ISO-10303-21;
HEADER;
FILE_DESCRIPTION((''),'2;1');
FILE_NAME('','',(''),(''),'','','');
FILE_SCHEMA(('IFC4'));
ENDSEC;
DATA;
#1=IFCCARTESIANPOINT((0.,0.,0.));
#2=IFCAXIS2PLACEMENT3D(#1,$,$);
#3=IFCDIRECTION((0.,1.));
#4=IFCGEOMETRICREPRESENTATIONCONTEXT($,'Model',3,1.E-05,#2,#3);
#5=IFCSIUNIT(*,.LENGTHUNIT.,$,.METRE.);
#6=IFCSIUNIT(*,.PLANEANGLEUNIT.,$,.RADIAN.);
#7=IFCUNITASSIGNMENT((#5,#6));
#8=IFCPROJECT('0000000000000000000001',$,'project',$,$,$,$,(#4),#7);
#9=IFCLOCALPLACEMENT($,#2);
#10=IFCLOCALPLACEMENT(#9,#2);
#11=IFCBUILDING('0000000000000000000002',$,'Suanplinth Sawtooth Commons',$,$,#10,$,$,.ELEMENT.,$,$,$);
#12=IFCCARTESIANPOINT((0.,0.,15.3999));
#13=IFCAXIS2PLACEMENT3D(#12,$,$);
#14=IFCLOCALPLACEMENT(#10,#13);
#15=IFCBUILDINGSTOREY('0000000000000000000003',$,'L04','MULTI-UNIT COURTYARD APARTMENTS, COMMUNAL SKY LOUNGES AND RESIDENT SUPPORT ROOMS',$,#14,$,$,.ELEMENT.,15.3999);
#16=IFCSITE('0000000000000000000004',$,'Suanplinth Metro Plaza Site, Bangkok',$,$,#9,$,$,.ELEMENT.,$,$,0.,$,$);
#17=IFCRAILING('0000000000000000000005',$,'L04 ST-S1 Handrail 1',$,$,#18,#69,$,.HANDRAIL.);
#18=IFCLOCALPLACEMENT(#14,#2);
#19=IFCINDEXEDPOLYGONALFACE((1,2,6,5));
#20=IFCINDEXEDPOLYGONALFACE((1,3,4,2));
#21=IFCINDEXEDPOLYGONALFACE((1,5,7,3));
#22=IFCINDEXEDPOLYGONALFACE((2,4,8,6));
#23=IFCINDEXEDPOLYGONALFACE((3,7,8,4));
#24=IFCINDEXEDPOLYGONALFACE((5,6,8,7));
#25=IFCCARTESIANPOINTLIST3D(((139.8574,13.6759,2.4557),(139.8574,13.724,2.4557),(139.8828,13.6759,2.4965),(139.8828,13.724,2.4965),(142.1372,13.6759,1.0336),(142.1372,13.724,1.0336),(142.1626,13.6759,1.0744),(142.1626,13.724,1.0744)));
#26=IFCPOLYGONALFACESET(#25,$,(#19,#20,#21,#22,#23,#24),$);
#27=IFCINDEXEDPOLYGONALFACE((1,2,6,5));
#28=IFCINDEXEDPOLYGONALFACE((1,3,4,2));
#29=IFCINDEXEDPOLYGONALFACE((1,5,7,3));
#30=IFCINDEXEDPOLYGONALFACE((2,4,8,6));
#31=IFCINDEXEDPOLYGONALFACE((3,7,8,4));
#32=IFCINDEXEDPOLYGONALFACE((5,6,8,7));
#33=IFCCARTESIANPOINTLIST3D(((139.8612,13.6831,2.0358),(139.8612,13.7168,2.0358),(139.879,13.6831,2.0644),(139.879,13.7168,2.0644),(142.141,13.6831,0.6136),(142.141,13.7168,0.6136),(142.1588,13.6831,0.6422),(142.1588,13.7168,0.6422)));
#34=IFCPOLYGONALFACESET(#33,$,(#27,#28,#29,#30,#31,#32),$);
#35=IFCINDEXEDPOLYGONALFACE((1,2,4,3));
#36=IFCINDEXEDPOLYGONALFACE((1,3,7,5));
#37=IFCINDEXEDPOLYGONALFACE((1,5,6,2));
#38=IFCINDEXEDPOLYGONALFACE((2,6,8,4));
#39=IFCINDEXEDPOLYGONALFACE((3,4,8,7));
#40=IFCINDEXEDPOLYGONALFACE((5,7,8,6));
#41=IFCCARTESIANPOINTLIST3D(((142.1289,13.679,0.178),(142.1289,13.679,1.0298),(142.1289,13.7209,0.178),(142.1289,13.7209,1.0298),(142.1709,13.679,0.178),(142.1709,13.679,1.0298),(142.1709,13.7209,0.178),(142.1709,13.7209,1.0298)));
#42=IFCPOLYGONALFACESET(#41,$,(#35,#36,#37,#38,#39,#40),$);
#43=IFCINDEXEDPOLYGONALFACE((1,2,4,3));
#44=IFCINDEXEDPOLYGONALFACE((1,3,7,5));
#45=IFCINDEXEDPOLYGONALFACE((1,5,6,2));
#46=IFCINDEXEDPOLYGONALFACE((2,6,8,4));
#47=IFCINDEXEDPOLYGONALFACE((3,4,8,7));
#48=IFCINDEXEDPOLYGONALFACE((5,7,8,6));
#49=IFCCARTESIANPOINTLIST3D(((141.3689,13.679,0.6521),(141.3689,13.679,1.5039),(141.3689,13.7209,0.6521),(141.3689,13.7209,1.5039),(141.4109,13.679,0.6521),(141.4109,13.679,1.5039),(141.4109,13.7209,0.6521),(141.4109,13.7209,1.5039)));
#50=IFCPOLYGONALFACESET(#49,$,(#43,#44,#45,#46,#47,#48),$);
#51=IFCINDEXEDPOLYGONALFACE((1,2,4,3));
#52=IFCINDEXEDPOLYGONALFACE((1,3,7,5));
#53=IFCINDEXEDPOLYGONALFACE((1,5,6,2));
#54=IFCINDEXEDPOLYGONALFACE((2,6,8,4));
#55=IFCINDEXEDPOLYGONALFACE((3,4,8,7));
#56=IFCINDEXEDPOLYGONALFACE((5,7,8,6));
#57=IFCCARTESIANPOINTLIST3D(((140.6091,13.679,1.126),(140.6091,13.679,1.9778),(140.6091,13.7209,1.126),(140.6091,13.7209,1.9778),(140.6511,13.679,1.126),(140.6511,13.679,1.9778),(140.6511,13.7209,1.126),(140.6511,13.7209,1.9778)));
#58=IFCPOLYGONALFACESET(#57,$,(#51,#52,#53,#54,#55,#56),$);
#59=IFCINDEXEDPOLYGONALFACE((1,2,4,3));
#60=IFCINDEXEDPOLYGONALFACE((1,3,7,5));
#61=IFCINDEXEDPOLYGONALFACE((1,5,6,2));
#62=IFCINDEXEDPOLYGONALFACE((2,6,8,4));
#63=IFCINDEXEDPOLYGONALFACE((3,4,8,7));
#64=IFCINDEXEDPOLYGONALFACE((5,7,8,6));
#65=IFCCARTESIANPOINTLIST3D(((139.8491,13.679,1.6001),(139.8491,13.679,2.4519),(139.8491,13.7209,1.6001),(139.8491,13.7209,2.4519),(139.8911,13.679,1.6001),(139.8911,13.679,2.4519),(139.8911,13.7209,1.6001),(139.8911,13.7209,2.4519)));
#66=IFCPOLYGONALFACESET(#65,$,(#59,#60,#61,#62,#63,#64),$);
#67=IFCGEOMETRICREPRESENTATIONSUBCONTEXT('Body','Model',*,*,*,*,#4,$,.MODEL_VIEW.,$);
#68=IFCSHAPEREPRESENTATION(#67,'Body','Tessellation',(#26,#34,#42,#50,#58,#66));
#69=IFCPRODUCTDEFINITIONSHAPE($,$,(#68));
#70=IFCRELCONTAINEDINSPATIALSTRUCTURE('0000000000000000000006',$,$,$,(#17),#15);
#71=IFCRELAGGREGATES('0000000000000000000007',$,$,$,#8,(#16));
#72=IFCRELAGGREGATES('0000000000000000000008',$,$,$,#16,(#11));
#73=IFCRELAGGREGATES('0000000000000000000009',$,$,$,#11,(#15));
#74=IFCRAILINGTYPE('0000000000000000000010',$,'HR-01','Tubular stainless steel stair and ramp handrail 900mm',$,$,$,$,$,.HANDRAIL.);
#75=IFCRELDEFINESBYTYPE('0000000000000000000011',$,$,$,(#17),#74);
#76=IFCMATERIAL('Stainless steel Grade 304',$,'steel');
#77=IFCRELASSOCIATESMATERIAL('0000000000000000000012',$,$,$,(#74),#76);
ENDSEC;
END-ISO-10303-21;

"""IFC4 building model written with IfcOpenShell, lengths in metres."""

from ifc_helpers import new_model, si_unit, direction, frame, origin, origin_2d, place, context, subcontext, project, spatial, rectangle, extrude, material, type_object, element, save


model = new_model("IFC4")

# Units and contexts
model_context = context("Model", 3, precision=1e-05, world=origin(), true_north=direction((0.0, 1.0)))
body_context = subcontext(model_context, "Body", "Model", "MODEL_VIEW")
ifc_project = project(units=[si_unit("LENGTHUNIT", "METRE"), si_unit("PLANEANGLEUNIT", "RADIAN")], contexts=[model_context])

# Site, building, storey
site_placement = place(None, origin())
site = spatial("IfcSite", under=ifc_project, at=site_placement, Name="Suanplinth Metro Plaza Site, Bangkok", CompositionType="ELEMENT", RefElevation=0.0)
building_placement = place(site_placement, origin())
building = spatial("IfcBuilding", under=site, at=building_placement, Name="Suanplinth Sawtooth Commons", CompositionType="ELEMENT")
storey_placement = place(building_placement, frame((0.0, 0.0, 15.3999)))
storey = spatial("IfcBuildingStorey", under=building, at=storey_placement, Name="L04", Description="MULTI-UNIT COURTYARD APARTMENTS, COMMUNAL SKY LOUNGES AND RESIDENT SUPPORT ROOMS", CompositionType="ELEMENT", Elevation=15.3999)

# Railing
ifc_material_1 = material(Name="Stainless steel Grade 304", Category="steel")
railing_type_1 = type_object("IfcRailingType", Name="HR-01", Description="Tubular stainless steel stair and ramp handrail 900mm", PredefinedType="HANDRAIL", material=ifc_material_1)
railing_1_placement = place(storey_placement, frame((142.1499, 13.7, 0.178)))
element("IfcRailing", 1, at=railing_1_placement, inside=storey, type_object=railing_type_1, Name="L04 ST-S1 Handrail 1", PredefinedType="HANDRAIL", context=body_context, shape_type="SweptSolid", body=[
    extrude(rectangle(XDim=0.0481, YDim=0.0481, at=origin_2d()), frame((0.0, 0.0, 0.876), z_axis=(-0.848457, 0.0, 0.529264), x_axis=(0.0, -1.0, 0.0)), (0.0, 0.0, 1.0), 2.687),
    extrude(rectangle(XDim=0.0337, YDim=0.0337, at=origin_2d()), frame((0.0, 0.0, 0.45), z_axis=(-0.848457, 0.0, 0.529264), x_axis=(0.0, -1.0, 0.0)), (0.0, 0.0, 1.0), 2.687),
    extrude(rectangle(XDim=0.042, YDim=0.042, at=origin_2d()), origin(), (0.0, 0.0, 1.0), 0.8518),
    extrude(rectangle(XDim=0.042, YDim=0.042, at=origin_2d()), frame((-0.76, 0.0, 0.4741)), (0.0, 0.0, 1.0), 0.8518),
    extrude(rectangle(XDim=0.042, YDim=0.042, at=origin_2d()), frame((-1.5198, 0.0, 0.948)), (0.0, 0.0, 1.0), 0.8518),
    extrude(rectangle(XDim=0.042, YDim=0.042, at=origin_2d()), frame((-2.2798, 0.0, 1.4221)), (0.0, 0.0, 1.0), 0.8518),
])

save(model, "model.ifc")
